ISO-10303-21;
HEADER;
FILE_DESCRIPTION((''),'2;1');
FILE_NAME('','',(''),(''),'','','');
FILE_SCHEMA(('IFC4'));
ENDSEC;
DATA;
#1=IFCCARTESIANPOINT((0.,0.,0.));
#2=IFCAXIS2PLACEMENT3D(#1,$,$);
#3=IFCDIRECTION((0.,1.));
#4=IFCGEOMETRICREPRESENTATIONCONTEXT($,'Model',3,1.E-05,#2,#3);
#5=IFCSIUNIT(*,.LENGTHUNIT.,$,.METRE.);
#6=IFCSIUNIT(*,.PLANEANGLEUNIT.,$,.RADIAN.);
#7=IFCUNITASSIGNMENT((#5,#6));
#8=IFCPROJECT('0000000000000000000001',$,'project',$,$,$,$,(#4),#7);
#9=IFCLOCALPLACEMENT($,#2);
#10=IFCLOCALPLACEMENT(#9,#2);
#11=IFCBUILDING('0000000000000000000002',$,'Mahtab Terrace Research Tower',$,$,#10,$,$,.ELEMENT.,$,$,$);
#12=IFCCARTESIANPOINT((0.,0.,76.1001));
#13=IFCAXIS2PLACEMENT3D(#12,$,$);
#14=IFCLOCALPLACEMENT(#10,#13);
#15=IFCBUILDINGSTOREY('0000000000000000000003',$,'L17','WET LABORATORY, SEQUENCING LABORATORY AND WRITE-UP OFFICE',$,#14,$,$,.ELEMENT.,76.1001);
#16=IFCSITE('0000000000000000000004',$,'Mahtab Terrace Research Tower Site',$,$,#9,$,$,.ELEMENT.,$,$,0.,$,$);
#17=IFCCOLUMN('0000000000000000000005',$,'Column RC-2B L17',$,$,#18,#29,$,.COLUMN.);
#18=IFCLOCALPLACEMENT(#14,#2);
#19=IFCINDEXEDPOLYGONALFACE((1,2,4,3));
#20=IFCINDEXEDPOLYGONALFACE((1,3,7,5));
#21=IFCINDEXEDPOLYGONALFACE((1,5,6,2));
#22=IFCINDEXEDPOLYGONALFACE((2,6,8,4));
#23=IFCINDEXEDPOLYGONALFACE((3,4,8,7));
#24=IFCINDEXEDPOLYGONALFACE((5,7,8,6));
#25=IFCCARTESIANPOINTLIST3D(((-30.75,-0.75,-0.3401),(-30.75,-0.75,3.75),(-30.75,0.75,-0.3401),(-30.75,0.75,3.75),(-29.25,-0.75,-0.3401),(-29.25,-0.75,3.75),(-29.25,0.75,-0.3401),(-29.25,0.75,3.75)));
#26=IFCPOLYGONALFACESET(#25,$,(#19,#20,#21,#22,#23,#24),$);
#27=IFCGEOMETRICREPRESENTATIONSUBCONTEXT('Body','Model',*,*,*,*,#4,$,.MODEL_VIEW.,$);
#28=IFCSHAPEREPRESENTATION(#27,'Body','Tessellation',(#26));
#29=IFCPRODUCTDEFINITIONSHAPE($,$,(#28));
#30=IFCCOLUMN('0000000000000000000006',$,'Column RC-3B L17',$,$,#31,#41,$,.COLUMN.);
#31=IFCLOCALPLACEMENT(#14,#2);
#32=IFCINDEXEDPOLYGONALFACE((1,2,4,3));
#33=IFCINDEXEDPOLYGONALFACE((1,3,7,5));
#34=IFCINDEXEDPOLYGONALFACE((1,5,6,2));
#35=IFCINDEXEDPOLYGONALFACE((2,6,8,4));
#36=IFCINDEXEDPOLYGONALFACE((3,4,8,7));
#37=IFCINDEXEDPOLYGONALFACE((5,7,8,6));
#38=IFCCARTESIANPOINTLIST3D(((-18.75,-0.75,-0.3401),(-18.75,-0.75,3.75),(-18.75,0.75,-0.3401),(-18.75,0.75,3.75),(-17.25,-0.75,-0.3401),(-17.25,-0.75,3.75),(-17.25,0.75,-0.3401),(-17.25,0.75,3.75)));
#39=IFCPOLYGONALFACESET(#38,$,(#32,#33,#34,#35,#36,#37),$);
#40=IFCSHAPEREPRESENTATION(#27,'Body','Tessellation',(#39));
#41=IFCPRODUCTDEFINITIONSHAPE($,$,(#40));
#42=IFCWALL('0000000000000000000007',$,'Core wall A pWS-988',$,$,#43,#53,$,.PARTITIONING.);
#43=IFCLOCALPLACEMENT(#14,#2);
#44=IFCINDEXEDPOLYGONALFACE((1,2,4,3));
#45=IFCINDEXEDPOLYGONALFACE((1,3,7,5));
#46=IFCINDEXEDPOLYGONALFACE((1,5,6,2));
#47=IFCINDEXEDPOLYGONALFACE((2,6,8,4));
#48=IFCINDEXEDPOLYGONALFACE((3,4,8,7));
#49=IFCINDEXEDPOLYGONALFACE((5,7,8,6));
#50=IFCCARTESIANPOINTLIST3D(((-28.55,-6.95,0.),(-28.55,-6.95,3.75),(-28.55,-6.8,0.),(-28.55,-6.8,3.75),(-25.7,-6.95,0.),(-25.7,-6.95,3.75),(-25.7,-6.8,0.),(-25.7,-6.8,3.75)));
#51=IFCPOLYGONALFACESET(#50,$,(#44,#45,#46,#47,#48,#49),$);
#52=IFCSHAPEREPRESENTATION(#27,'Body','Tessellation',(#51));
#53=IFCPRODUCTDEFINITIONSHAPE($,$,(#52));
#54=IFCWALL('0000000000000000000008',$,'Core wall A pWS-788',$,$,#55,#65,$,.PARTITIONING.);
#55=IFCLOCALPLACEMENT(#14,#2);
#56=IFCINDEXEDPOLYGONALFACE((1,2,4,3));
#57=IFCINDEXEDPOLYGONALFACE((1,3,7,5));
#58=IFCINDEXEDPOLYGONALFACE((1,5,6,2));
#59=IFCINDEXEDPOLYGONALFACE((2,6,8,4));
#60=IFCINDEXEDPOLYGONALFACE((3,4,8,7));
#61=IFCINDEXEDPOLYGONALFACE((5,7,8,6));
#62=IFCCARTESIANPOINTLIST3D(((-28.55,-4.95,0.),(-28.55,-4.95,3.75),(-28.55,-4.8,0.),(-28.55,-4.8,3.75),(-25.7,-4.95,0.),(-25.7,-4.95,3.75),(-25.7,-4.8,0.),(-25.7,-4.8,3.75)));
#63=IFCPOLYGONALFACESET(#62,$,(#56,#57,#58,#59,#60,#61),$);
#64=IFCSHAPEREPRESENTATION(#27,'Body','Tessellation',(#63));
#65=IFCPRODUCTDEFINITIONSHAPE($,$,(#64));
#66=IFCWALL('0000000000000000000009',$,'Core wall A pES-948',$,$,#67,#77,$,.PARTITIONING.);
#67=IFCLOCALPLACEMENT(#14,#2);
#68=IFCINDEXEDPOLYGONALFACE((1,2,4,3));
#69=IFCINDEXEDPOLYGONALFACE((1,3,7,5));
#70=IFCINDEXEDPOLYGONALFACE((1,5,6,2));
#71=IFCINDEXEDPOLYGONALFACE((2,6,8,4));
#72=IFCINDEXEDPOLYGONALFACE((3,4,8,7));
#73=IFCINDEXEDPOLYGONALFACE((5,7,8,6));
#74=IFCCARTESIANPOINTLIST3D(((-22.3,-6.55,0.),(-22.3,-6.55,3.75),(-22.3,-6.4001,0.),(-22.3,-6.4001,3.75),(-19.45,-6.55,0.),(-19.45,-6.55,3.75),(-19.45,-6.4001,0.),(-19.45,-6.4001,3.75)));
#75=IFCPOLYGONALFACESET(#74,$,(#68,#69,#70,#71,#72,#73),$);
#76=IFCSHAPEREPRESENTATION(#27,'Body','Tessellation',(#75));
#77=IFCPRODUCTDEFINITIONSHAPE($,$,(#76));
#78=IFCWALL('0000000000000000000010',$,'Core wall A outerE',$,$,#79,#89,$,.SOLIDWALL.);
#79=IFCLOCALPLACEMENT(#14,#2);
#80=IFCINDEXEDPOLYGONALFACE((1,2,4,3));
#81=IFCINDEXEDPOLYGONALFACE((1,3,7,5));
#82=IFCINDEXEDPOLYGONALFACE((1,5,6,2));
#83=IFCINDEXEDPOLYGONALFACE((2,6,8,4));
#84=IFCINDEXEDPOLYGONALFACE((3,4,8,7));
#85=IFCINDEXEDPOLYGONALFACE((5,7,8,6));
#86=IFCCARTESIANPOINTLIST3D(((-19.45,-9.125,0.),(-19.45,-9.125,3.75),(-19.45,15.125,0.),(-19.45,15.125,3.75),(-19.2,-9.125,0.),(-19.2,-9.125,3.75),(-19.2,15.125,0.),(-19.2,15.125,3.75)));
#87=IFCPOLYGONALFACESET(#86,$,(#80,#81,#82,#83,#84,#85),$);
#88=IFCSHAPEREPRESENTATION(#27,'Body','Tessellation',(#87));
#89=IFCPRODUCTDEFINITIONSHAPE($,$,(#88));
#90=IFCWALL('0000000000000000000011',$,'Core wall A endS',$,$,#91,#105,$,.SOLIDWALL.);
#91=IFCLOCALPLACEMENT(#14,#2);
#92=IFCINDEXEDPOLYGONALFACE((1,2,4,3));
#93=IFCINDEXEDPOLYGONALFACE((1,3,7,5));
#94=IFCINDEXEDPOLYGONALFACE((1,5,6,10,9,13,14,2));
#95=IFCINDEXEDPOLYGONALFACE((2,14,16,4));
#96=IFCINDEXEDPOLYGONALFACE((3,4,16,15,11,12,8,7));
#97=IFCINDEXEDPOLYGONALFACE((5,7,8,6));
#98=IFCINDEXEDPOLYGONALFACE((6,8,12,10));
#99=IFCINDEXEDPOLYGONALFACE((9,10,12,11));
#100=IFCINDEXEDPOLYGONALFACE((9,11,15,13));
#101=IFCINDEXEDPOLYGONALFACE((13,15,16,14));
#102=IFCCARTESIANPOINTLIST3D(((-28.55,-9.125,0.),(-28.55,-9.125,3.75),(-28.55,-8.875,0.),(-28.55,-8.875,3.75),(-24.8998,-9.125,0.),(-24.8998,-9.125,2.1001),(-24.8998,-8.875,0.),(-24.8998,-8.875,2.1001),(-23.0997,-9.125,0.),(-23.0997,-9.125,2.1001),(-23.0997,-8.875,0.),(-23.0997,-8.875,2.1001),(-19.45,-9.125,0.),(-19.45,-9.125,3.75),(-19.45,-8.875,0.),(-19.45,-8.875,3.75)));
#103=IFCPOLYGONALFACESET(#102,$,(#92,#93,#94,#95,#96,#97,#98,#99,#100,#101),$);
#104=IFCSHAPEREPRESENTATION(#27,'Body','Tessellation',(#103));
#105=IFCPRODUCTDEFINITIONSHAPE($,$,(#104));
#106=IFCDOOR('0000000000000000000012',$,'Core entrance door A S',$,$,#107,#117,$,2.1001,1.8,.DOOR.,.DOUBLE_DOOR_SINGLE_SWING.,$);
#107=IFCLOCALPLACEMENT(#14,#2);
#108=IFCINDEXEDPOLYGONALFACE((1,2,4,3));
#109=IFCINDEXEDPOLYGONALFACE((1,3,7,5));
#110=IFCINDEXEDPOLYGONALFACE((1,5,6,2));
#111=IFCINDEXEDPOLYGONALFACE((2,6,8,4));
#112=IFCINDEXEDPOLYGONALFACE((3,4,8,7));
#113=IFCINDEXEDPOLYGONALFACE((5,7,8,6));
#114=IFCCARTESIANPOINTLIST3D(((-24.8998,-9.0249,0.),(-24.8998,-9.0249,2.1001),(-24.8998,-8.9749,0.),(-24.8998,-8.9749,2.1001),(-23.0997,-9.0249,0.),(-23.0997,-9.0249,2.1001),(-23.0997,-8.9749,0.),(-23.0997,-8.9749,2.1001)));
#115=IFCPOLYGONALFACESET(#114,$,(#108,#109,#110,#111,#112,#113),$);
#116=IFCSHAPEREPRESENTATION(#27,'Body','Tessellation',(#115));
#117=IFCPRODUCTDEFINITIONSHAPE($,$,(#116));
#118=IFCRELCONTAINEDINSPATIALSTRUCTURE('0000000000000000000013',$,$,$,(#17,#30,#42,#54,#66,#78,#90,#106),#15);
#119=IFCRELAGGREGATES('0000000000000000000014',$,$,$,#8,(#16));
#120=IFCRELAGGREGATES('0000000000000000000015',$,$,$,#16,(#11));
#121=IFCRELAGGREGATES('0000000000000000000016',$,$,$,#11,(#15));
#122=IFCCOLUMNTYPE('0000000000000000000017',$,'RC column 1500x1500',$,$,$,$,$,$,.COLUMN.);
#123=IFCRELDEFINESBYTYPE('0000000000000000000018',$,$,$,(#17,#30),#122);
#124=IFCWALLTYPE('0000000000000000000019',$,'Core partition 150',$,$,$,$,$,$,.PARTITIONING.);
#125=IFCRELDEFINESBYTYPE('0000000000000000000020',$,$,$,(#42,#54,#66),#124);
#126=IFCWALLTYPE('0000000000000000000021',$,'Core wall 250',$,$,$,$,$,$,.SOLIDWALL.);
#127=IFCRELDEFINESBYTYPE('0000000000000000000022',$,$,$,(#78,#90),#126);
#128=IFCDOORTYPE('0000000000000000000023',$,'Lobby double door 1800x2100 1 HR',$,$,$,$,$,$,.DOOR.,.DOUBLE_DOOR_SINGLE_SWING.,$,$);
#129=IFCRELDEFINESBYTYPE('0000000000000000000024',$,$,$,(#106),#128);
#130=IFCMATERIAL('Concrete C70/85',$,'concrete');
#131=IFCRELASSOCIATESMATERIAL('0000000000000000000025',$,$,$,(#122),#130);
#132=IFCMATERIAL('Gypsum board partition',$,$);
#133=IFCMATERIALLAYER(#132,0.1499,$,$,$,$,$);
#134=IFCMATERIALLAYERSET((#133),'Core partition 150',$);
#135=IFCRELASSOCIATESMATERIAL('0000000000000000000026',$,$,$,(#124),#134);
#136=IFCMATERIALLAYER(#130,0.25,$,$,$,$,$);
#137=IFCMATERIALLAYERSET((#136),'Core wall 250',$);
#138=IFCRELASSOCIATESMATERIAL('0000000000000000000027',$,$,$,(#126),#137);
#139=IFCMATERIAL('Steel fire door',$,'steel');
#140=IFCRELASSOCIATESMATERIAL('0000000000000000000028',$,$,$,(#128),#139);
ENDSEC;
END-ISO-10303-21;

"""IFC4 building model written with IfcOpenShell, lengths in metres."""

from ifc_helpers import new_model, si_unit, direction, frame, frame_2d, origin, origin_2d, place, context, subcontext, project, spatial, rectangle, extrude, material, layer, layer_set, material_profile, profile_set, type_object, element, fill, save


model = new_model("IFC4")

# Units and contexts
model_context = context("Model", 3, precision=1e-05, world=origin(), true_north=direction((0.0, 1.0)))
body_context = subcontext(model_context, "Body", "Model", "MODEL_VIEW")
ifc_project = project(units=[si_unit("LENGTHUNIT", "METRE"), si_unit("PLANEANGLEUNIT", "RADIAN")], contexts=[model_context])

# Site, building, storey
site_placement = place(None, origin())
site = spatial("IfcSite", under=ifc_project, at=site_placement, Name="Mahtab Terrace Research Tower Site", CompositionType="ELEMENT", RefElevation=0.0)
building_placement = place(site_placement, origin())
building = spatial("IfcBuilding", under=site, at=building_placement, Name="Mahtab Terrace Research Tower", CompositionType="ELEMENT")
storey_placement = place(building_placement, frame((0.0, 0.0, 76.1001)))
storey = spatial("IfcBuildingStorey", under=building, at=storey_placement, Name="L17", Description="WET LABORATORY, SEQUENCING LABORATORY AND WRITE-UP OFFICE", CompositionType="ELEMENT", Elevation=76.1001)

# Columns
ifc_material_1 = material(Name="Concrete C70/85", Category="concrete")
ifc_material_profile = material_profile(ifc_material_1, rectangle(XDim=1.5, YDim=1.5, at=origin_2d()), Name="RC column 1500x1500")
ifc_profile_set = profile_set([ifc_material_profile], Name="Concrete C70/85")
column_type = type_object("IfcColumnType", Name="RC column 1500x1500", PredefinedType="COLUMN", material=ifc_profile_set)
for number, where, z_axis, x_axis, name in (
    (1, (-30.0, 0.0, -0.3401), (0.0, 0.0, 1.0), (1.0, 0.0, 0.0), "Column RC-2B L17"),
    (2, (-18.0, 0.0, -0.3401), (0.0, 0.0, 1.0), (1.0, 0.0, 0.0), "Column RC-3B L17"),
):
    element("IfcColumn", number, at=place(storey_placement, frame(where, z_axis=z_axis, x_axis=x_axis)), inside=storey, type_object=column_type, Name=name, PredefinedType="COLUMN", context=body_context, shape_type="SweptSolid", body=[
        extrude(rectangle(XDim=1.5, YDim=1.5, at=origin_2d()), origin(), (0.0, 0.0, 1.0), 4.0901),
    ])

# Walls
ifc_material_2 = material(Name="Gypsum board partition")
ifc_layer_1 = layer(ifc_material_2, 0.1499)
ifc_layer_set_1 = layer_set([ifc_layer_1], Name="Core partition 150")
wall_type_1 = type_object("IfcWallType", Name="Core partition 150", PredefinedType="PARTITIONING", material=ifc_layer_set_1)
for number, where, z_axis, x_axis, name in (
    (3, (-28.55, -6.875, 0.0), (0.0, 0.0, 1.0), (1.0, 0.0, 0.0), "Core wall A pWS-988"),
    (4, (-28.55, -4.875, 0.0), (0.0, 0.0, 1.0), (1.0, 0.0, 0.0), "Core wall A pWS-788"),
    (5, (-22.3, -6.4751, 0.0), (0.0, 0.0, 1.0), (1.0, 0.0, 0.0), "Core wall A pES-948"),
):
    element("IfcWall", number, at=place(storey_placement, frame(where, z_axis=z_axis, x_axis=x_axis)), inside=storey, type_object=wall_type_1, Name=name, PredefinedType="PARTITIONING", context=body_context, shape_type="SweptSolid", body=[
        extrude(rectangle(XDim=2.8501, YDim=0.1499, at=frame_2d((1.425, 0.0))), origin(), (0.0, 0.0, 1.0), 3.75),
    ])
ifc_layer_2 = layer(ifc_material_1, 0.25)
ifc_layer_set_2 = layer_set([ifc_layer_2], Name="Core wall 250")
wall_type_2 = type_object("IfcWallType", Name="Core wall 250", PredefinedType="SOLIDWALL", material=ifc_layer_set_2)
wall_1_placement = place(storey_placement, frame((-19.325, -9.125, 0.0), z_axis=(0.0, 0.0, 1.0), x_axis=(0.0, 1.0, 0.0)))
element("IfcWall", 6, at=wall_1_placement, inside=storey, type_object=wall_type_2, Name="Core wall A outerE", PredefinedType="SOLIDWALL", context=body_context, shape_type="SweptSolid", body=[
    extrude(rectangle(XDim=24.25, YDim=0.25, at=frame_2d((12.125, 0.0))), origin(), (0.0, 0.0, 1.0), 3.75),
])

# Wall, opening, door
wall_2_placement = place(storey_placement, frame((-19.45, -9.0, 0.0), z_axis=(0.0, 0.0, 1.0), x_axis=(-1.0, 0.0, 0.0)))
wall_2 = element("IfcWall", 7, at=wall_2_placement, inside=storey, type_object=wall_type_2, Name="Core wall A endS", PredefinedType="SOLIDWALL", context=body_context, shape_type="SweptSolid", body=[
    extrude(rectangle(XDim=9.1001, YDim=0.25, at=frame_2d((4.55, 0.0))), origin(), (0.0, 0.0, 1.0), 3.75),
])
opening_1_placement = place(wall_2_placement, frame((3.6499, 0.0, 0.0)))
opening_1 = element("IfcOpeningElement", 8, at=opening_1_placement, cuts=wall_2, PredefinedType="OPENING", context=body_context, shape_type="SweptSolid", body=[
    extrude(rectangle(XDim=1.8, YDim=2.1001, at=frame_2d((0.8999, 1.05))), frame((0.0, 0.135, 0.0), z_axis=(0.0, -1.0, 0.0), x_axis=(1.0, 0.0, 0.0)), (0.0, 0.0, 1.0), 0.27),
])
ifc_material_3 = material(Name="Steel fire door", Category="steel")
door_type_1 = type_object("IfcDoorType", Name="Lobby double door 1800x2100 1 HR", OperationType="DOUBLE_DOOR_SINGLE_SWING", PredefinedType="DOOR", material=ifc_material_3)
door_1_placement = place(opening_1_placement, origin())
door_1 = element("IfcDoor", 9, at=door_1_placement, inside=storey, type_object=door_type_1, Name="Core entrance door A S", OperationType="DOUBLE_DOOR_SINGLE_SWING", OverallHeight=2.1001, OverallWidth=1.8, PredefinedType="DOOR", context=body_context, shape_type="SweptSolid", body=[
    extrude(rectangle(XDim=1.8, YDim=2.1001, at=frame_2d((0.8999, 1.05))), frame((0.0, 0.0249, 0.0), z_axis=(0.0, -1.0, 0.0), x_axis=(1.0, 0.0, 0.0)), (0.0, 0.0, 1.0), 0.05),
])
fill(opening_1, door_1)

save(model, "model.ifc")
